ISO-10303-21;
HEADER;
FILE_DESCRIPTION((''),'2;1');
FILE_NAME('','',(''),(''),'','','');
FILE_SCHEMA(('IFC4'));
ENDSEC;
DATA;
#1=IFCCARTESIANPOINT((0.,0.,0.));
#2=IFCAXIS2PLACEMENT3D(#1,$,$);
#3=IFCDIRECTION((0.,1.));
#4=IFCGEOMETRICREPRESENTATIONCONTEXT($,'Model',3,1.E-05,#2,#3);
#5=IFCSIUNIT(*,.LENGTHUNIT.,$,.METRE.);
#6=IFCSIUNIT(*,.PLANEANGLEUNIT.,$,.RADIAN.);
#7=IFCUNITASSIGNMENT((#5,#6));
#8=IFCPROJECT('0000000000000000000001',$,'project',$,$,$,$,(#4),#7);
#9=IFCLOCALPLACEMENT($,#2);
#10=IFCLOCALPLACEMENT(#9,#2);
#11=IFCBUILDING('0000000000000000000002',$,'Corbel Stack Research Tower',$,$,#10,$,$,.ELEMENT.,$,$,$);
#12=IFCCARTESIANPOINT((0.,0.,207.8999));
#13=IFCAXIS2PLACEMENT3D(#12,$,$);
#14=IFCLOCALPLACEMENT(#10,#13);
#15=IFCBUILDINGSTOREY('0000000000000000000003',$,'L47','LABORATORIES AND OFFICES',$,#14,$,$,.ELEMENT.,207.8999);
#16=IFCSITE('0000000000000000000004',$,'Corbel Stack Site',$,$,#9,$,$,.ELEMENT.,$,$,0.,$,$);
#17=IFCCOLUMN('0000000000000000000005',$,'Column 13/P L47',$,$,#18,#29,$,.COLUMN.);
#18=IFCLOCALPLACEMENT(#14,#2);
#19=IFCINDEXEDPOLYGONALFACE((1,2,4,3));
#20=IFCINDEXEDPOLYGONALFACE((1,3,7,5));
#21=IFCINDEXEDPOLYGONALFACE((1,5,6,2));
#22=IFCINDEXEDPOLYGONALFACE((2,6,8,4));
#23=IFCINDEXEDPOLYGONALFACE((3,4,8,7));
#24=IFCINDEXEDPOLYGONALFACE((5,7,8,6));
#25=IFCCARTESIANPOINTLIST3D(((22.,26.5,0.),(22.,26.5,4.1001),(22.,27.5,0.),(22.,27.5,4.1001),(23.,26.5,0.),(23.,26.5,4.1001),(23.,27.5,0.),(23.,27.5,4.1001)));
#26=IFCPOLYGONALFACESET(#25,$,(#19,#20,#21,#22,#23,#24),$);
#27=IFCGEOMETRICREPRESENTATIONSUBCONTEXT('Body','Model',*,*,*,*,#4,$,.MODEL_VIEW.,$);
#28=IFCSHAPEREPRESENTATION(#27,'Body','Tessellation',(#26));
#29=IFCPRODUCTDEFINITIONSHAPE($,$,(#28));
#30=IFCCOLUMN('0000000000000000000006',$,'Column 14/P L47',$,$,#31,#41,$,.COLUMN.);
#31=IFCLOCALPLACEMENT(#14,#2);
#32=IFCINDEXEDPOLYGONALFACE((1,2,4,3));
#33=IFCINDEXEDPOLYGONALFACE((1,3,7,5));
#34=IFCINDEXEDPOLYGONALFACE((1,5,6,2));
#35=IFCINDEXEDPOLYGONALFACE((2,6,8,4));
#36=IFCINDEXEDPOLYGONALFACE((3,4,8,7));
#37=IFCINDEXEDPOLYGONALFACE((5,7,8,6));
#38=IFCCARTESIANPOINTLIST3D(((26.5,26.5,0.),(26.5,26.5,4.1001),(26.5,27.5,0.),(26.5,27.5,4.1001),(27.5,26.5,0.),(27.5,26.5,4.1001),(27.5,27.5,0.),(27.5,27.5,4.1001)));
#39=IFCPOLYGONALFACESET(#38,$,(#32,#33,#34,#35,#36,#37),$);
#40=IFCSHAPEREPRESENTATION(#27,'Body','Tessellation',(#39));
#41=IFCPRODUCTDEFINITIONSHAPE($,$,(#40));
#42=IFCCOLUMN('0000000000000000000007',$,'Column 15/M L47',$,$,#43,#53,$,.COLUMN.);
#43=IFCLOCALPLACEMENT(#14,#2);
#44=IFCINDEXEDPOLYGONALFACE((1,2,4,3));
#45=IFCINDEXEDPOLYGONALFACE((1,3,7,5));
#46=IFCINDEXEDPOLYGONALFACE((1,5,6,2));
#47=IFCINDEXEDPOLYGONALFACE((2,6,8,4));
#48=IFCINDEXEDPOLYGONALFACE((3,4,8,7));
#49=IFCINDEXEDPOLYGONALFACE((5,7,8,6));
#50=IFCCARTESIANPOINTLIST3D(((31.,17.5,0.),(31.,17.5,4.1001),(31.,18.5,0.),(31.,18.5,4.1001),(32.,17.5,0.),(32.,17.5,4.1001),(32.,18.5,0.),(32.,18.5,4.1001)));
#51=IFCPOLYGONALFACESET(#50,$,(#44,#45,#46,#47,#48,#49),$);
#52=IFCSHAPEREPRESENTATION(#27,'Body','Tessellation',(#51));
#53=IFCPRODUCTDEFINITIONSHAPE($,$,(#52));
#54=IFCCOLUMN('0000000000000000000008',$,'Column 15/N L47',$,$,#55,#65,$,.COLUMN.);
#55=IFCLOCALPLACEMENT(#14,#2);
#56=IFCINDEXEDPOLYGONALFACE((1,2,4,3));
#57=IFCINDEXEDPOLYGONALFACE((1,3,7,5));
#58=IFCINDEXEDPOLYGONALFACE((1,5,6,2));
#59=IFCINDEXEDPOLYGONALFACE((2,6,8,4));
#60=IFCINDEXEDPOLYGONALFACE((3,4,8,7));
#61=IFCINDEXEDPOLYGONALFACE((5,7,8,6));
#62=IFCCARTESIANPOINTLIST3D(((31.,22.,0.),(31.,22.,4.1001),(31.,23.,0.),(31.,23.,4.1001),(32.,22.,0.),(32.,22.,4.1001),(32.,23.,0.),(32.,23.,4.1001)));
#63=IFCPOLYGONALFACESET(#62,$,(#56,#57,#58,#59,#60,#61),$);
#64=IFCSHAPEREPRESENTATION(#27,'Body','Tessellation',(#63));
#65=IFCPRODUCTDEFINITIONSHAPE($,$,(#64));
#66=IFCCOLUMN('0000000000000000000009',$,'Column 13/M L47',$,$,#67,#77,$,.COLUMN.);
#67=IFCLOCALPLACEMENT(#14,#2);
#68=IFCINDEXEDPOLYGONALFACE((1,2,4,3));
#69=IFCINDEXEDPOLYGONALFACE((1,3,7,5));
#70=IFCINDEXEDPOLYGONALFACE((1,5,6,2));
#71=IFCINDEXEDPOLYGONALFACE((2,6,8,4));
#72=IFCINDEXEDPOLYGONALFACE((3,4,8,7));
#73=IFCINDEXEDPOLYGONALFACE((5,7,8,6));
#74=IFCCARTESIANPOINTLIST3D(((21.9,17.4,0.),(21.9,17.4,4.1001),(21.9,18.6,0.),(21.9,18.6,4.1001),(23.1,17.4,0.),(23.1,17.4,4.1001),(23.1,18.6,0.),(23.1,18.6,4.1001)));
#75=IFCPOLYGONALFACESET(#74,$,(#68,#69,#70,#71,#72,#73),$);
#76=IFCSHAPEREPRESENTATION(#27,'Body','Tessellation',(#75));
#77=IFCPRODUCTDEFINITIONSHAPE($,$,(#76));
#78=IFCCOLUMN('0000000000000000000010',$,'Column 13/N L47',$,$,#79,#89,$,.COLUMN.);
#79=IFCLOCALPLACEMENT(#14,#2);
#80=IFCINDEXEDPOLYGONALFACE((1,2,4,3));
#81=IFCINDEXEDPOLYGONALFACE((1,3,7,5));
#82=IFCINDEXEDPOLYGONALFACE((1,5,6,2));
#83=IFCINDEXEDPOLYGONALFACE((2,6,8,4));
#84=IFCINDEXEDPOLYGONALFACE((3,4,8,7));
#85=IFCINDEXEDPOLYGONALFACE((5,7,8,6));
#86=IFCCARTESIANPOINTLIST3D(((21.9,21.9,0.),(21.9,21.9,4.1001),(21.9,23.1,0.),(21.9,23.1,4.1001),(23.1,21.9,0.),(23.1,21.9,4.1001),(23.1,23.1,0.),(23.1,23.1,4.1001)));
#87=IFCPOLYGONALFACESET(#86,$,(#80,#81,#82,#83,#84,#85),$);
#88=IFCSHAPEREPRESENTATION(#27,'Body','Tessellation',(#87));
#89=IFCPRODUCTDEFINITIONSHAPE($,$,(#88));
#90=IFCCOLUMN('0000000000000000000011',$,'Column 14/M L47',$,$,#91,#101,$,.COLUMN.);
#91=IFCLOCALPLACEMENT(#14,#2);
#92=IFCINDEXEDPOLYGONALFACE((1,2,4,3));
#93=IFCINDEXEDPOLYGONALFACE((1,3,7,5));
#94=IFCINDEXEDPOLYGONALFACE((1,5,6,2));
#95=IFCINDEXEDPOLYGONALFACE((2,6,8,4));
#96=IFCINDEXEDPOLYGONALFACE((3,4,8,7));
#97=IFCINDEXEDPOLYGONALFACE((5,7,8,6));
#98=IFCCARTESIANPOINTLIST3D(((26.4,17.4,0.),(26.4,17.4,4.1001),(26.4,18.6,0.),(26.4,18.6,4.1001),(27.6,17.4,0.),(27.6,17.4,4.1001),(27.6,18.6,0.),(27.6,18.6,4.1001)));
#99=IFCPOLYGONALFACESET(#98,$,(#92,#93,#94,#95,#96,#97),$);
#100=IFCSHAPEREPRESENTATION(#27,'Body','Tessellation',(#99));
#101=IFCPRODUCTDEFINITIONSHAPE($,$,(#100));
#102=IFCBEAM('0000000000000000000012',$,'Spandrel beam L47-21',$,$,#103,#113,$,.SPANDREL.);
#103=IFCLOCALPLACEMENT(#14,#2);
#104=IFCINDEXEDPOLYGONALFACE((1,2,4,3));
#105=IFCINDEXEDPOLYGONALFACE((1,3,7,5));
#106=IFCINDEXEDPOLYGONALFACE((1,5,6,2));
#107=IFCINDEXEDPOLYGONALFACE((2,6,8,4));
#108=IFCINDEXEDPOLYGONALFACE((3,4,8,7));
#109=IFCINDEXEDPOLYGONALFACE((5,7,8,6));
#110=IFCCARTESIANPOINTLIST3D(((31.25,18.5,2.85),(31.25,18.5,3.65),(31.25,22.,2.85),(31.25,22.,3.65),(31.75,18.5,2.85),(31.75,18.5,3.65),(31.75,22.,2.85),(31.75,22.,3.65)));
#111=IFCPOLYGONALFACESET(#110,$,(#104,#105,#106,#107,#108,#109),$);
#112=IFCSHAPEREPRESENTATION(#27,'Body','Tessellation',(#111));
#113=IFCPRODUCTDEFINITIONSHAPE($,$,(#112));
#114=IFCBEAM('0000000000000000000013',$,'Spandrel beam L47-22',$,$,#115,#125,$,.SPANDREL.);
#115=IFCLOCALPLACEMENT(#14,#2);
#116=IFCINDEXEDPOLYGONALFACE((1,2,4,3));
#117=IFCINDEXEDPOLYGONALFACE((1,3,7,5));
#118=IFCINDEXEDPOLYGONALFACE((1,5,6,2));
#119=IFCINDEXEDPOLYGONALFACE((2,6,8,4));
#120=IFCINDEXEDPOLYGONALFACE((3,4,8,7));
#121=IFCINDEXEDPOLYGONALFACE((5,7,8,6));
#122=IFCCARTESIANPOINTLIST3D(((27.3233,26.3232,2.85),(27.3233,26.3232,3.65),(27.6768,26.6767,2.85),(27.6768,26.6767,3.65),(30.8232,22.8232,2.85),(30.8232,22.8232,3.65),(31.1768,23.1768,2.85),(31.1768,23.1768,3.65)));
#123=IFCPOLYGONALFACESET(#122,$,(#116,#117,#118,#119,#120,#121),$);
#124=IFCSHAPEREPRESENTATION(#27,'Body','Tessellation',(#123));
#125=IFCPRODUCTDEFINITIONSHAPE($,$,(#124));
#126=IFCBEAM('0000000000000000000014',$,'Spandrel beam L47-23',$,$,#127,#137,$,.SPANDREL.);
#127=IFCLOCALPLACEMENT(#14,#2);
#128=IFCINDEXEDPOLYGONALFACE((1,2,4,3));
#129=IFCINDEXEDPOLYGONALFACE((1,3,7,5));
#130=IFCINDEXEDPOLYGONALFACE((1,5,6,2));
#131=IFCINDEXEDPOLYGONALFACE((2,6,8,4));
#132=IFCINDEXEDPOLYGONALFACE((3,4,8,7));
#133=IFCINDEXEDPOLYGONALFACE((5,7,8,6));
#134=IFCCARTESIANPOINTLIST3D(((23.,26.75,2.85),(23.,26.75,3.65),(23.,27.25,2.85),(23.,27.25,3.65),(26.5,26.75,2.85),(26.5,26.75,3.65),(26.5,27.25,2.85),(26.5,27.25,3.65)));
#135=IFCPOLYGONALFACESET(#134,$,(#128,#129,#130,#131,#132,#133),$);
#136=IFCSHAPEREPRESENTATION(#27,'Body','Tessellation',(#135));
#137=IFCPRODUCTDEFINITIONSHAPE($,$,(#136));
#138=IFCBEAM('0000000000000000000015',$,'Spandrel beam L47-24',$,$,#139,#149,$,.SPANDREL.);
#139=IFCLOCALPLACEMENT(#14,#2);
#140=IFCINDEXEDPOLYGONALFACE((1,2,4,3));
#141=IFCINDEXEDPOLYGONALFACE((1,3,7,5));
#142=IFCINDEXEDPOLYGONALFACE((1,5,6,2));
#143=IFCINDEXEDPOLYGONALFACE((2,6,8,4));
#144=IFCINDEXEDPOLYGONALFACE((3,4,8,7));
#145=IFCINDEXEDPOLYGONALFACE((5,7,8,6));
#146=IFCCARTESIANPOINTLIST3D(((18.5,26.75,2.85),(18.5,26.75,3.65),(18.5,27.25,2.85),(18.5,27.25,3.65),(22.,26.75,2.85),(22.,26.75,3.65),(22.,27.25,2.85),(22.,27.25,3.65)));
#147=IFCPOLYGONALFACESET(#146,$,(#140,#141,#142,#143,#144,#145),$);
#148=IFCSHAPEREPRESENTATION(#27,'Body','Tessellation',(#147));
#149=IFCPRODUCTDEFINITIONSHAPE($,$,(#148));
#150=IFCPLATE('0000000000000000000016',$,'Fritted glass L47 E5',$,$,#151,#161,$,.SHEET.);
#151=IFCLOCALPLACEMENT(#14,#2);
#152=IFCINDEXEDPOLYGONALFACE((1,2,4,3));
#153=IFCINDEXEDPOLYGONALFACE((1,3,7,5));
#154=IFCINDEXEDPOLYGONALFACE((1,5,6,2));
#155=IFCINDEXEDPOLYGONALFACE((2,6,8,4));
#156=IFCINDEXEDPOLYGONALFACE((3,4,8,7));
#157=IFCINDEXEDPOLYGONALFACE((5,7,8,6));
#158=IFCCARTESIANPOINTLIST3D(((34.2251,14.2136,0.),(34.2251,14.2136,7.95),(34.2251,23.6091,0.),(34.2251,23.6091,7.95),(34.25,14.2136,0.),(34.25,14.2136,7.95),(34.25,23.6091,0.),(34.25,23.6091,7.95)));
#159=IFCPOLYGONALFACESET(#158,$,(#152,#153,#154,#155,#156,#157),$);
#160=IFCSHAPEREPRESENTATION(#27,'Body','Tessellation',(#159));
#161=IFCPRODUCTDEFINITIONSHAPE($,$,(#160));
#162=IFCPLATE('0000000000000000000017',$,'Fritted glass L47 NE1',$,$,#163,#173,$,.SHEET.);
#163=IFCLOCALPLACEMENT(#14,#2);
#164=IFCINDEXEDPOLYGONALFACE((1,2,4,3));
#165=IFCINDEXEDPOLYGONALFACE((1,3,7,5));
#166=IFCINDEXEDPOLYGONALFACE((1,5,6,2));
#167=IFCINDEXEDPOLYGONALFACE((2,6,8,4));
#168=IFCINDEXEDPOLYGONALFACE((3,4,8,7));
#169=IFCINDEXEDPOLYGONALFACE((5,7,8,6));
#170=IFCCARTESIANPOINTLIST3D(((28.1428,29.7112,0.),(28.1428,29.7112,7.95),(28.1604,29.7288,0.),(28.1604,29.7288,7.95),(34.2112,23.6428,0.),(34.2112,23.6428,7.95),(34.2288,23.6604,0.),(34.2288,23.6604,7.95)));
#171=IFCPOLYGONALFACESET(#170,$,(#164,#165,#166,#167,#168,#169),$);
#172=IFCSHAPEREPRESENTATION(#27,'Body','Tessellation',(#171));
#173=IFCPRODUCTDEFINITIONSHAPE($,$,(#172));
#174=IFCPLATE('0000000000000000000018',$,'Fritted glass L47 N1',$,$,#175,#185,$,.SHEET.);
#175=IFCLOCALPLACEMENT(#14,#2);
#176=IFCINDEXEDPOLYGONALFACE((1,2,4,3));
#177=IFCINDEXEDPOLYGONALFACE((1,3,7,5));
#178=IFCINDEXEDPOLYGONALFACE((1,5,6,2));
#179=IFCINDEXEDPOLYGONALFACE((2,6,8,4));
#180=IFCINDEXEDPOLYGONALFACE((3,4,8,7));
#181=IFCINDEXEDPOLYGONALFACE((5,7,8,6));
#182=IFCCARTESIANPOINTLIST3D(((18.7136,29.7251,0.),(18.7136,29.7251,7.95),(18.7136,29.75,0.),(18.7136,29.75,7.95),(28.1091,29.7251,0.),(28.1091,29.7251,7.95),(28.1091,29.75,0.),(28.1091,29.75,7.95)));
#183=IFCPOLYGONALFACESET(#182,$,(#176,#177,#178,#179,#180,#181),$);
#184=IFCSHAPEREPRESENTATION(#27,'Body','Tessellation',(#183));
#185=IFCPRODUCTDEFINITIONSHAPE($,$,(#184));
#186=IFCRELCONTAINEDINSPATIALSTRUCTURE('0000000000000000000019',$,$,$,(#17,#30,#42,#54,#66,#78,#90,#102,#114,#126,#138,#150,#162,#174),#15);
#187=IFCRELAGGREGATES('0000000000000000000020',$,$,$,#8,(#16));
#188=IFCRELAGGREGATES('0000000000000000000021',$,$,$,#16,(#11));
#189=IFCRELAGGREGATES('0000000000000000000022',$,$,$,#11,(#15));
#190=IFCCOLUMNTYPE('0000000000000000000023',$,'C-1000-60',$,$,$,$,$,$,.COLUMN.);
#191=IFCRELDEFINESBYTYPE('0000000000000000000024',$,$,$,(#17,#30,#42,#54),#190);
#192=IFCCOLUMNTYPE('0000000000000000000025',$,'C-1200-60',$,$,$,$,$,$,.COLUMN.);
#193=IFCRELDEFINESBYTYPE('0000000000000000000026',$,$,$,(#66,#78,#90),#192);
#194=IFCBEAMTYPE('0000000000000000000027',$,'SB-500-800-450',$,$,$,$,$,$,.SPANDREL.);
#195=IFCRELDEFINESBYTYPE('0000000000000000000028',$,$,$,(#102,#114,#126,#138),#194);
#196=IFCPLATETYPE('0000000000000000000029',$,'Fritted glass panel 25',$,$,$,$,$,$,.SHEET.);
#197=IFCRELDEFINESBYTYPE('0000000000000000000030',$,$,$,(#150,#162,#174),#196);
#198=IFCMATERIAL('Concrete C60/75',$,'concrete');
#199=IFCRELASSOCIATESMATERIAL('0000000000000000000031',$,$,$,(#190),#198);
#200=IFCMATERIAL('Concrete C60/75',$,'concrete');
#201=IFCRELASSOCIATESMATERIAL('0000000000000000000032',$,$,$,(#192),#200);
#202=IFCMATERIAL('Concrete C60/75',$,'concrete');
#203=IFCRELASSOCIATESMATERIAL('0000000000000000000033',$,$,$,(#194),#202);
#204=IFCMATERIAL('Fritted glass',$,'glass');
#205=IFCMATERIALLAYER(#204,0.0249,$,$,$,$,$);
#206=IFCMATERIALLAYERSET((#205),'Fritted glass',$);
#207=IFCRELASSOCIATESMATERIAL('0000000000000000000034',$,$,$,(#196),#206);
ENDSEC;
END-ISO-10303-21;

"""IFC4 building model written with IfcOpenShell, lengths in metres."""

from ifc_helpers import new_model, si_unit, direction, frame, origin, origin_2d, place, context, subcontext, project, spatial, rectangle, extrude, material, layer, layer_set, material_profile, profile_set, type_object, element, save


model = new_model("IFC4")

# Units and contexts
model_context = context("Model", 3, precision=1e-05, world=origin(), true_north=direction((0.0, 1.0)))
body_context = subcontext(model_context, "Body", "Model", "MODEL_VIEW")
ifc_project = project(units=[si_unit("LENGTHUNIT", "METRE"), si_unit("PLANEANGLEUNIT", "RADIAN")], contexts=[model_context])

# Site, building, storey
site_placement = place(None, origin())
site = spatial("IfcSite", under=ifc_project, at=site_placement, Name="Corbel Stack Site", CompositionType="ELEMENT", RefElevation=0.0)
building_placement = place(site_placement, origin())
building = spatial("IfcBuilding", under=site, at=building_placement, Name="Corbel Stack Research Tower", CompositionType="ELEMENT")
storey_placement = place(building_placement, frame((0.0, 0.0, 207.8999)))
storey = spatial("IfcBuildingStorey", under=building, at=storey_placement, Name="L47", Description="LABORATORIES AND OFFICES", CompositionType="ELEMENT", Elevation=207.8999)

# Columns
ifc_material_1 = material(Name="Concrete C60/75", Category="concrete")
ifc_material_profile_1 = material_profile(ifc_material_1, rectangle(XDim=1.0, YDim=1.0, at=origin_2d()), Name="RC 1000 x 1000")
ifc_profile_set_1 = profile_set([ifc_material_profile_1], Name="Concrete C60/75")
column_type_1 = type_object("IfcColumnType", Name="C-1000-60", PredefinedType="COLUMN", material=ifc_profile_set_1)
for number, where, z_axis, x_axis, name in (
    (1, (22.5, 27.0, 0.0), (0.0, 0.0, 1.0), (1.0, 0.0, 0.0), "Column 13/P L47"),
    (2, (27.0, 27.0, 0.0), (0.0, 0.0, 1.0), (1.0, 0.0, 0.0), "Column 14/P L47"),
    (3, (31.5, 18.0, 0.0), (0.0, 0.0, 1.0), (1.0, 0.0, 0.0), "Column 15/M L47"),
    (4, (31.5, 22.5, 0.0), (0.0, 0.0, 1.0), (1.0, 0.0, 0.0), "Column 15/N L47"),
):
    element("IfcColumn", number, at=place(storey_placement, frame(where, z_axis=z_axis, x_axis=x_axis)), inside=storey, type_object=column_type_1, Name=name, PredefinedType="COLUMN", context=body_context, shape_type="SweptSolid", body=[
        extrude(rectangle(XDim=1.0, YDim=1.0, at=origin_2d()), origin(), (0.0, 0.0, 1.0), 4.1001),
    ])
ifc_material_2 = material(Name="Concrete C60/75", Category="concrete")
ifc_material_profile_2 = material_profile(ifc_material_2, rectangle(XDim=1.2, YDim=1.2, at=origin_2d()), Name="RC 1200 x 1200")
ifc_profile_set_2 = profile_set([ifc_material_profile_2], Name="Concrete C60/75")
column_type_2 = type_object("IfcColumnType", Name="C-1200-60", PredefinedType="COLUMN", material=ifc_profile_set_2)
for number, where, z_axis, x_axis, name in (
    (5, (22.5, 18.0, 0.0), (0.0, 0.0, 1.0), (1.0, 0.0, 0.0), "Column 13/M L47"),
    (6, (22.5, 22.5, 0.0), (0.0, 0.0, 1.0), (1.0, 0.0, 0.0), "Column 13/N L47"),
    (7, (27.0, 18.0, 0.0), (0.0, 0.0, 1.0), (1.0, 0.0, 0.0), "Column 14/M L47"),
):
    element("IfcColumn", number, at=place(storey_placement, frame(where, z_axis=z_axis, x_axis=x_axis)), inside=storey, type_object=column_type_2, Name=name, PredefinedType="COLUMN", context=body_context, shape_type="SweptSolid", body=[
        extrude(rectangle(XDim=1.2, YDim=1.2, at=origin_2d()), origin(), (0.0, 0.0, 1.0), 4.1001),
    ])

# Beams
ifc_material_3 = material(Name="Concrete C60/75", Category="concrete")
ifc_material_profile_3 = material_profile(ifc_material_3, rectangle(XDim=0.5, YDim=0.8, at=origin_2d()), Name="RC 500 x 800")
ifc_profile_set_3 = profile_set([ifc_material_profile_3], Name="Concrete C60/75")
beam_type = type_object("IfcBeamType", Name="SB-500-800-450", PredefinedType="SPANDREL", material=ifc_profile_set_3)
beam_1_placement = place(storey_placement, frame((31.5, 18.5, 3.25), z_axis=(0.0, 1.0, 0.0), x_axis=(-1.0, 0.0, 0.0)))
element("IfcBeam", 8, at=beam_1_placement, inside=storey, type_object=beam_type, Name="Spandrel beam L47-21", PredefinedType="SPANDREL", context=body_context, shape_type="SweptSolid", body=[
    extrude(rectangle(XDim=0.5, YDim=0.8, at=origin_2d()), origin(), (0.0, 0.0, 1.0), 3.5),
])
beam_2_placement = place(storey_placement, frame((31.0, 23.0, 3.25), z_axis=(-0.707107, 0.707107, 0.0), x_axis=(-0.707107, -0.707107, 0.0)))
element("IfcBeam", 9, at=beam_2_placement, inside=storey, type_object=beam_type, Name="Spandrel beam L47-22", PredefinedType="SPANDREL", context=body_context, shape_type="SweptSolid", body=[
    extrude(rectangle(XDim=0.5, YDim=0.8, at=origin_2d()), origin(), (0.0, 0.0, 1.0), 4.9497),
])
for number, where, z_axis, x_axis, name in (
    (10, (26.5, 27.0, 3.25), (-1.0, 0.0, 0.0), (0.0, -1.0, 0.0), "Spandrel beam L47-23"),
    (11, (22.0, 27.0, 3.25), (-1.0, 0.0, 0.0), (0.0, -1.0, 0.0), "Spandrel beam L47-24"),
):
    element("IfcBeam", number, at=place(storey_placement, frame(where, z_axis=z_axis, x_axis=x_axis)), inside=storey, type_object=beam_type, Name=name, PredefinedType="SPANDREL", context=body_context, shape_type="SweptSolid", body=[
        extrude(rectangle(XDim=0.5, YDim=0.8, at=origin_2d()), origin(), (0.0, 0.0, 1.0), 3.5),
    ])

# Plates
ifc_material_4 = material(Name="Fritted glass", Category="glass")
ifc_layer_1 = layer(ifc_material_4, 0.0249)
ifc_layer_set_1 = layer_set([ifc_layer_1], Name="Fritted glass")
plate_type = type_object("IfcPlateType", Name="Fritted glass panel 25", PredefinedType="SHEET", material=ifc_layer_set_1)
plate_1_placement = place(storey_placement, frame((34.2375, 18.9114, 0.0), z_axis=(0.0, 0.0, 1.0), x_axis=(0.0, 1.0, 0.0)))
element("IfcPlate", 12, at=plate_1_placement, inside=storey, type_object=plate_type, Name="Fritted glass L47 E5", PredefinedType="SHEET", context=body_context, shape_type="SweptSolid", body=[
    extrude(rectangle(XDim=9.3955, YDim=0.0249, at=origin_2d()), origin(), (0.0, 0.0, 1.0), 7.95),
])
plate_2_placement = place(storey_placement, frame((31.1858, 26.6858, 0.0), z_axis=(0.0, 0.0, 1.0), x_axis=(-0.707107, 0.707107, 0.0)))
element("IfcPlate", 13, at=plate_2_placement, inside=storey, type_object=plate_type, Name="Fritted glass L47 NE1", PredefinedType="SHEET", context=body_context, shape_type="SweptSolid", body=[
    extrude(rectangle(XDim=8.582, YDim=0.0249, at=origin_2d()), origin(), (0.0, 0.0, 1.0), 7.95),
])
plate_3_placement = place(storey_placement, frame((23.4114, 29.7375, 0.0), z_axis=(0.0, 0.0, 1.0), x_axis=(-1.0, 0.0, 0.0)))
element("IfcPlate", 14, at=plate_3_placement, inside=storey, type_object=plate_type, Name="Fritted glass L47 N1", PredefinedType="SHEET", context=body_context, shape_type="SweptSolid", body=[
    extrude(rectangle(XDim=9.3955, YDim=0.0249, at=origin_2d()), origin(), (0.0, 0.0, 1.0), 7.95),
])

save(model, "model.ifc")
